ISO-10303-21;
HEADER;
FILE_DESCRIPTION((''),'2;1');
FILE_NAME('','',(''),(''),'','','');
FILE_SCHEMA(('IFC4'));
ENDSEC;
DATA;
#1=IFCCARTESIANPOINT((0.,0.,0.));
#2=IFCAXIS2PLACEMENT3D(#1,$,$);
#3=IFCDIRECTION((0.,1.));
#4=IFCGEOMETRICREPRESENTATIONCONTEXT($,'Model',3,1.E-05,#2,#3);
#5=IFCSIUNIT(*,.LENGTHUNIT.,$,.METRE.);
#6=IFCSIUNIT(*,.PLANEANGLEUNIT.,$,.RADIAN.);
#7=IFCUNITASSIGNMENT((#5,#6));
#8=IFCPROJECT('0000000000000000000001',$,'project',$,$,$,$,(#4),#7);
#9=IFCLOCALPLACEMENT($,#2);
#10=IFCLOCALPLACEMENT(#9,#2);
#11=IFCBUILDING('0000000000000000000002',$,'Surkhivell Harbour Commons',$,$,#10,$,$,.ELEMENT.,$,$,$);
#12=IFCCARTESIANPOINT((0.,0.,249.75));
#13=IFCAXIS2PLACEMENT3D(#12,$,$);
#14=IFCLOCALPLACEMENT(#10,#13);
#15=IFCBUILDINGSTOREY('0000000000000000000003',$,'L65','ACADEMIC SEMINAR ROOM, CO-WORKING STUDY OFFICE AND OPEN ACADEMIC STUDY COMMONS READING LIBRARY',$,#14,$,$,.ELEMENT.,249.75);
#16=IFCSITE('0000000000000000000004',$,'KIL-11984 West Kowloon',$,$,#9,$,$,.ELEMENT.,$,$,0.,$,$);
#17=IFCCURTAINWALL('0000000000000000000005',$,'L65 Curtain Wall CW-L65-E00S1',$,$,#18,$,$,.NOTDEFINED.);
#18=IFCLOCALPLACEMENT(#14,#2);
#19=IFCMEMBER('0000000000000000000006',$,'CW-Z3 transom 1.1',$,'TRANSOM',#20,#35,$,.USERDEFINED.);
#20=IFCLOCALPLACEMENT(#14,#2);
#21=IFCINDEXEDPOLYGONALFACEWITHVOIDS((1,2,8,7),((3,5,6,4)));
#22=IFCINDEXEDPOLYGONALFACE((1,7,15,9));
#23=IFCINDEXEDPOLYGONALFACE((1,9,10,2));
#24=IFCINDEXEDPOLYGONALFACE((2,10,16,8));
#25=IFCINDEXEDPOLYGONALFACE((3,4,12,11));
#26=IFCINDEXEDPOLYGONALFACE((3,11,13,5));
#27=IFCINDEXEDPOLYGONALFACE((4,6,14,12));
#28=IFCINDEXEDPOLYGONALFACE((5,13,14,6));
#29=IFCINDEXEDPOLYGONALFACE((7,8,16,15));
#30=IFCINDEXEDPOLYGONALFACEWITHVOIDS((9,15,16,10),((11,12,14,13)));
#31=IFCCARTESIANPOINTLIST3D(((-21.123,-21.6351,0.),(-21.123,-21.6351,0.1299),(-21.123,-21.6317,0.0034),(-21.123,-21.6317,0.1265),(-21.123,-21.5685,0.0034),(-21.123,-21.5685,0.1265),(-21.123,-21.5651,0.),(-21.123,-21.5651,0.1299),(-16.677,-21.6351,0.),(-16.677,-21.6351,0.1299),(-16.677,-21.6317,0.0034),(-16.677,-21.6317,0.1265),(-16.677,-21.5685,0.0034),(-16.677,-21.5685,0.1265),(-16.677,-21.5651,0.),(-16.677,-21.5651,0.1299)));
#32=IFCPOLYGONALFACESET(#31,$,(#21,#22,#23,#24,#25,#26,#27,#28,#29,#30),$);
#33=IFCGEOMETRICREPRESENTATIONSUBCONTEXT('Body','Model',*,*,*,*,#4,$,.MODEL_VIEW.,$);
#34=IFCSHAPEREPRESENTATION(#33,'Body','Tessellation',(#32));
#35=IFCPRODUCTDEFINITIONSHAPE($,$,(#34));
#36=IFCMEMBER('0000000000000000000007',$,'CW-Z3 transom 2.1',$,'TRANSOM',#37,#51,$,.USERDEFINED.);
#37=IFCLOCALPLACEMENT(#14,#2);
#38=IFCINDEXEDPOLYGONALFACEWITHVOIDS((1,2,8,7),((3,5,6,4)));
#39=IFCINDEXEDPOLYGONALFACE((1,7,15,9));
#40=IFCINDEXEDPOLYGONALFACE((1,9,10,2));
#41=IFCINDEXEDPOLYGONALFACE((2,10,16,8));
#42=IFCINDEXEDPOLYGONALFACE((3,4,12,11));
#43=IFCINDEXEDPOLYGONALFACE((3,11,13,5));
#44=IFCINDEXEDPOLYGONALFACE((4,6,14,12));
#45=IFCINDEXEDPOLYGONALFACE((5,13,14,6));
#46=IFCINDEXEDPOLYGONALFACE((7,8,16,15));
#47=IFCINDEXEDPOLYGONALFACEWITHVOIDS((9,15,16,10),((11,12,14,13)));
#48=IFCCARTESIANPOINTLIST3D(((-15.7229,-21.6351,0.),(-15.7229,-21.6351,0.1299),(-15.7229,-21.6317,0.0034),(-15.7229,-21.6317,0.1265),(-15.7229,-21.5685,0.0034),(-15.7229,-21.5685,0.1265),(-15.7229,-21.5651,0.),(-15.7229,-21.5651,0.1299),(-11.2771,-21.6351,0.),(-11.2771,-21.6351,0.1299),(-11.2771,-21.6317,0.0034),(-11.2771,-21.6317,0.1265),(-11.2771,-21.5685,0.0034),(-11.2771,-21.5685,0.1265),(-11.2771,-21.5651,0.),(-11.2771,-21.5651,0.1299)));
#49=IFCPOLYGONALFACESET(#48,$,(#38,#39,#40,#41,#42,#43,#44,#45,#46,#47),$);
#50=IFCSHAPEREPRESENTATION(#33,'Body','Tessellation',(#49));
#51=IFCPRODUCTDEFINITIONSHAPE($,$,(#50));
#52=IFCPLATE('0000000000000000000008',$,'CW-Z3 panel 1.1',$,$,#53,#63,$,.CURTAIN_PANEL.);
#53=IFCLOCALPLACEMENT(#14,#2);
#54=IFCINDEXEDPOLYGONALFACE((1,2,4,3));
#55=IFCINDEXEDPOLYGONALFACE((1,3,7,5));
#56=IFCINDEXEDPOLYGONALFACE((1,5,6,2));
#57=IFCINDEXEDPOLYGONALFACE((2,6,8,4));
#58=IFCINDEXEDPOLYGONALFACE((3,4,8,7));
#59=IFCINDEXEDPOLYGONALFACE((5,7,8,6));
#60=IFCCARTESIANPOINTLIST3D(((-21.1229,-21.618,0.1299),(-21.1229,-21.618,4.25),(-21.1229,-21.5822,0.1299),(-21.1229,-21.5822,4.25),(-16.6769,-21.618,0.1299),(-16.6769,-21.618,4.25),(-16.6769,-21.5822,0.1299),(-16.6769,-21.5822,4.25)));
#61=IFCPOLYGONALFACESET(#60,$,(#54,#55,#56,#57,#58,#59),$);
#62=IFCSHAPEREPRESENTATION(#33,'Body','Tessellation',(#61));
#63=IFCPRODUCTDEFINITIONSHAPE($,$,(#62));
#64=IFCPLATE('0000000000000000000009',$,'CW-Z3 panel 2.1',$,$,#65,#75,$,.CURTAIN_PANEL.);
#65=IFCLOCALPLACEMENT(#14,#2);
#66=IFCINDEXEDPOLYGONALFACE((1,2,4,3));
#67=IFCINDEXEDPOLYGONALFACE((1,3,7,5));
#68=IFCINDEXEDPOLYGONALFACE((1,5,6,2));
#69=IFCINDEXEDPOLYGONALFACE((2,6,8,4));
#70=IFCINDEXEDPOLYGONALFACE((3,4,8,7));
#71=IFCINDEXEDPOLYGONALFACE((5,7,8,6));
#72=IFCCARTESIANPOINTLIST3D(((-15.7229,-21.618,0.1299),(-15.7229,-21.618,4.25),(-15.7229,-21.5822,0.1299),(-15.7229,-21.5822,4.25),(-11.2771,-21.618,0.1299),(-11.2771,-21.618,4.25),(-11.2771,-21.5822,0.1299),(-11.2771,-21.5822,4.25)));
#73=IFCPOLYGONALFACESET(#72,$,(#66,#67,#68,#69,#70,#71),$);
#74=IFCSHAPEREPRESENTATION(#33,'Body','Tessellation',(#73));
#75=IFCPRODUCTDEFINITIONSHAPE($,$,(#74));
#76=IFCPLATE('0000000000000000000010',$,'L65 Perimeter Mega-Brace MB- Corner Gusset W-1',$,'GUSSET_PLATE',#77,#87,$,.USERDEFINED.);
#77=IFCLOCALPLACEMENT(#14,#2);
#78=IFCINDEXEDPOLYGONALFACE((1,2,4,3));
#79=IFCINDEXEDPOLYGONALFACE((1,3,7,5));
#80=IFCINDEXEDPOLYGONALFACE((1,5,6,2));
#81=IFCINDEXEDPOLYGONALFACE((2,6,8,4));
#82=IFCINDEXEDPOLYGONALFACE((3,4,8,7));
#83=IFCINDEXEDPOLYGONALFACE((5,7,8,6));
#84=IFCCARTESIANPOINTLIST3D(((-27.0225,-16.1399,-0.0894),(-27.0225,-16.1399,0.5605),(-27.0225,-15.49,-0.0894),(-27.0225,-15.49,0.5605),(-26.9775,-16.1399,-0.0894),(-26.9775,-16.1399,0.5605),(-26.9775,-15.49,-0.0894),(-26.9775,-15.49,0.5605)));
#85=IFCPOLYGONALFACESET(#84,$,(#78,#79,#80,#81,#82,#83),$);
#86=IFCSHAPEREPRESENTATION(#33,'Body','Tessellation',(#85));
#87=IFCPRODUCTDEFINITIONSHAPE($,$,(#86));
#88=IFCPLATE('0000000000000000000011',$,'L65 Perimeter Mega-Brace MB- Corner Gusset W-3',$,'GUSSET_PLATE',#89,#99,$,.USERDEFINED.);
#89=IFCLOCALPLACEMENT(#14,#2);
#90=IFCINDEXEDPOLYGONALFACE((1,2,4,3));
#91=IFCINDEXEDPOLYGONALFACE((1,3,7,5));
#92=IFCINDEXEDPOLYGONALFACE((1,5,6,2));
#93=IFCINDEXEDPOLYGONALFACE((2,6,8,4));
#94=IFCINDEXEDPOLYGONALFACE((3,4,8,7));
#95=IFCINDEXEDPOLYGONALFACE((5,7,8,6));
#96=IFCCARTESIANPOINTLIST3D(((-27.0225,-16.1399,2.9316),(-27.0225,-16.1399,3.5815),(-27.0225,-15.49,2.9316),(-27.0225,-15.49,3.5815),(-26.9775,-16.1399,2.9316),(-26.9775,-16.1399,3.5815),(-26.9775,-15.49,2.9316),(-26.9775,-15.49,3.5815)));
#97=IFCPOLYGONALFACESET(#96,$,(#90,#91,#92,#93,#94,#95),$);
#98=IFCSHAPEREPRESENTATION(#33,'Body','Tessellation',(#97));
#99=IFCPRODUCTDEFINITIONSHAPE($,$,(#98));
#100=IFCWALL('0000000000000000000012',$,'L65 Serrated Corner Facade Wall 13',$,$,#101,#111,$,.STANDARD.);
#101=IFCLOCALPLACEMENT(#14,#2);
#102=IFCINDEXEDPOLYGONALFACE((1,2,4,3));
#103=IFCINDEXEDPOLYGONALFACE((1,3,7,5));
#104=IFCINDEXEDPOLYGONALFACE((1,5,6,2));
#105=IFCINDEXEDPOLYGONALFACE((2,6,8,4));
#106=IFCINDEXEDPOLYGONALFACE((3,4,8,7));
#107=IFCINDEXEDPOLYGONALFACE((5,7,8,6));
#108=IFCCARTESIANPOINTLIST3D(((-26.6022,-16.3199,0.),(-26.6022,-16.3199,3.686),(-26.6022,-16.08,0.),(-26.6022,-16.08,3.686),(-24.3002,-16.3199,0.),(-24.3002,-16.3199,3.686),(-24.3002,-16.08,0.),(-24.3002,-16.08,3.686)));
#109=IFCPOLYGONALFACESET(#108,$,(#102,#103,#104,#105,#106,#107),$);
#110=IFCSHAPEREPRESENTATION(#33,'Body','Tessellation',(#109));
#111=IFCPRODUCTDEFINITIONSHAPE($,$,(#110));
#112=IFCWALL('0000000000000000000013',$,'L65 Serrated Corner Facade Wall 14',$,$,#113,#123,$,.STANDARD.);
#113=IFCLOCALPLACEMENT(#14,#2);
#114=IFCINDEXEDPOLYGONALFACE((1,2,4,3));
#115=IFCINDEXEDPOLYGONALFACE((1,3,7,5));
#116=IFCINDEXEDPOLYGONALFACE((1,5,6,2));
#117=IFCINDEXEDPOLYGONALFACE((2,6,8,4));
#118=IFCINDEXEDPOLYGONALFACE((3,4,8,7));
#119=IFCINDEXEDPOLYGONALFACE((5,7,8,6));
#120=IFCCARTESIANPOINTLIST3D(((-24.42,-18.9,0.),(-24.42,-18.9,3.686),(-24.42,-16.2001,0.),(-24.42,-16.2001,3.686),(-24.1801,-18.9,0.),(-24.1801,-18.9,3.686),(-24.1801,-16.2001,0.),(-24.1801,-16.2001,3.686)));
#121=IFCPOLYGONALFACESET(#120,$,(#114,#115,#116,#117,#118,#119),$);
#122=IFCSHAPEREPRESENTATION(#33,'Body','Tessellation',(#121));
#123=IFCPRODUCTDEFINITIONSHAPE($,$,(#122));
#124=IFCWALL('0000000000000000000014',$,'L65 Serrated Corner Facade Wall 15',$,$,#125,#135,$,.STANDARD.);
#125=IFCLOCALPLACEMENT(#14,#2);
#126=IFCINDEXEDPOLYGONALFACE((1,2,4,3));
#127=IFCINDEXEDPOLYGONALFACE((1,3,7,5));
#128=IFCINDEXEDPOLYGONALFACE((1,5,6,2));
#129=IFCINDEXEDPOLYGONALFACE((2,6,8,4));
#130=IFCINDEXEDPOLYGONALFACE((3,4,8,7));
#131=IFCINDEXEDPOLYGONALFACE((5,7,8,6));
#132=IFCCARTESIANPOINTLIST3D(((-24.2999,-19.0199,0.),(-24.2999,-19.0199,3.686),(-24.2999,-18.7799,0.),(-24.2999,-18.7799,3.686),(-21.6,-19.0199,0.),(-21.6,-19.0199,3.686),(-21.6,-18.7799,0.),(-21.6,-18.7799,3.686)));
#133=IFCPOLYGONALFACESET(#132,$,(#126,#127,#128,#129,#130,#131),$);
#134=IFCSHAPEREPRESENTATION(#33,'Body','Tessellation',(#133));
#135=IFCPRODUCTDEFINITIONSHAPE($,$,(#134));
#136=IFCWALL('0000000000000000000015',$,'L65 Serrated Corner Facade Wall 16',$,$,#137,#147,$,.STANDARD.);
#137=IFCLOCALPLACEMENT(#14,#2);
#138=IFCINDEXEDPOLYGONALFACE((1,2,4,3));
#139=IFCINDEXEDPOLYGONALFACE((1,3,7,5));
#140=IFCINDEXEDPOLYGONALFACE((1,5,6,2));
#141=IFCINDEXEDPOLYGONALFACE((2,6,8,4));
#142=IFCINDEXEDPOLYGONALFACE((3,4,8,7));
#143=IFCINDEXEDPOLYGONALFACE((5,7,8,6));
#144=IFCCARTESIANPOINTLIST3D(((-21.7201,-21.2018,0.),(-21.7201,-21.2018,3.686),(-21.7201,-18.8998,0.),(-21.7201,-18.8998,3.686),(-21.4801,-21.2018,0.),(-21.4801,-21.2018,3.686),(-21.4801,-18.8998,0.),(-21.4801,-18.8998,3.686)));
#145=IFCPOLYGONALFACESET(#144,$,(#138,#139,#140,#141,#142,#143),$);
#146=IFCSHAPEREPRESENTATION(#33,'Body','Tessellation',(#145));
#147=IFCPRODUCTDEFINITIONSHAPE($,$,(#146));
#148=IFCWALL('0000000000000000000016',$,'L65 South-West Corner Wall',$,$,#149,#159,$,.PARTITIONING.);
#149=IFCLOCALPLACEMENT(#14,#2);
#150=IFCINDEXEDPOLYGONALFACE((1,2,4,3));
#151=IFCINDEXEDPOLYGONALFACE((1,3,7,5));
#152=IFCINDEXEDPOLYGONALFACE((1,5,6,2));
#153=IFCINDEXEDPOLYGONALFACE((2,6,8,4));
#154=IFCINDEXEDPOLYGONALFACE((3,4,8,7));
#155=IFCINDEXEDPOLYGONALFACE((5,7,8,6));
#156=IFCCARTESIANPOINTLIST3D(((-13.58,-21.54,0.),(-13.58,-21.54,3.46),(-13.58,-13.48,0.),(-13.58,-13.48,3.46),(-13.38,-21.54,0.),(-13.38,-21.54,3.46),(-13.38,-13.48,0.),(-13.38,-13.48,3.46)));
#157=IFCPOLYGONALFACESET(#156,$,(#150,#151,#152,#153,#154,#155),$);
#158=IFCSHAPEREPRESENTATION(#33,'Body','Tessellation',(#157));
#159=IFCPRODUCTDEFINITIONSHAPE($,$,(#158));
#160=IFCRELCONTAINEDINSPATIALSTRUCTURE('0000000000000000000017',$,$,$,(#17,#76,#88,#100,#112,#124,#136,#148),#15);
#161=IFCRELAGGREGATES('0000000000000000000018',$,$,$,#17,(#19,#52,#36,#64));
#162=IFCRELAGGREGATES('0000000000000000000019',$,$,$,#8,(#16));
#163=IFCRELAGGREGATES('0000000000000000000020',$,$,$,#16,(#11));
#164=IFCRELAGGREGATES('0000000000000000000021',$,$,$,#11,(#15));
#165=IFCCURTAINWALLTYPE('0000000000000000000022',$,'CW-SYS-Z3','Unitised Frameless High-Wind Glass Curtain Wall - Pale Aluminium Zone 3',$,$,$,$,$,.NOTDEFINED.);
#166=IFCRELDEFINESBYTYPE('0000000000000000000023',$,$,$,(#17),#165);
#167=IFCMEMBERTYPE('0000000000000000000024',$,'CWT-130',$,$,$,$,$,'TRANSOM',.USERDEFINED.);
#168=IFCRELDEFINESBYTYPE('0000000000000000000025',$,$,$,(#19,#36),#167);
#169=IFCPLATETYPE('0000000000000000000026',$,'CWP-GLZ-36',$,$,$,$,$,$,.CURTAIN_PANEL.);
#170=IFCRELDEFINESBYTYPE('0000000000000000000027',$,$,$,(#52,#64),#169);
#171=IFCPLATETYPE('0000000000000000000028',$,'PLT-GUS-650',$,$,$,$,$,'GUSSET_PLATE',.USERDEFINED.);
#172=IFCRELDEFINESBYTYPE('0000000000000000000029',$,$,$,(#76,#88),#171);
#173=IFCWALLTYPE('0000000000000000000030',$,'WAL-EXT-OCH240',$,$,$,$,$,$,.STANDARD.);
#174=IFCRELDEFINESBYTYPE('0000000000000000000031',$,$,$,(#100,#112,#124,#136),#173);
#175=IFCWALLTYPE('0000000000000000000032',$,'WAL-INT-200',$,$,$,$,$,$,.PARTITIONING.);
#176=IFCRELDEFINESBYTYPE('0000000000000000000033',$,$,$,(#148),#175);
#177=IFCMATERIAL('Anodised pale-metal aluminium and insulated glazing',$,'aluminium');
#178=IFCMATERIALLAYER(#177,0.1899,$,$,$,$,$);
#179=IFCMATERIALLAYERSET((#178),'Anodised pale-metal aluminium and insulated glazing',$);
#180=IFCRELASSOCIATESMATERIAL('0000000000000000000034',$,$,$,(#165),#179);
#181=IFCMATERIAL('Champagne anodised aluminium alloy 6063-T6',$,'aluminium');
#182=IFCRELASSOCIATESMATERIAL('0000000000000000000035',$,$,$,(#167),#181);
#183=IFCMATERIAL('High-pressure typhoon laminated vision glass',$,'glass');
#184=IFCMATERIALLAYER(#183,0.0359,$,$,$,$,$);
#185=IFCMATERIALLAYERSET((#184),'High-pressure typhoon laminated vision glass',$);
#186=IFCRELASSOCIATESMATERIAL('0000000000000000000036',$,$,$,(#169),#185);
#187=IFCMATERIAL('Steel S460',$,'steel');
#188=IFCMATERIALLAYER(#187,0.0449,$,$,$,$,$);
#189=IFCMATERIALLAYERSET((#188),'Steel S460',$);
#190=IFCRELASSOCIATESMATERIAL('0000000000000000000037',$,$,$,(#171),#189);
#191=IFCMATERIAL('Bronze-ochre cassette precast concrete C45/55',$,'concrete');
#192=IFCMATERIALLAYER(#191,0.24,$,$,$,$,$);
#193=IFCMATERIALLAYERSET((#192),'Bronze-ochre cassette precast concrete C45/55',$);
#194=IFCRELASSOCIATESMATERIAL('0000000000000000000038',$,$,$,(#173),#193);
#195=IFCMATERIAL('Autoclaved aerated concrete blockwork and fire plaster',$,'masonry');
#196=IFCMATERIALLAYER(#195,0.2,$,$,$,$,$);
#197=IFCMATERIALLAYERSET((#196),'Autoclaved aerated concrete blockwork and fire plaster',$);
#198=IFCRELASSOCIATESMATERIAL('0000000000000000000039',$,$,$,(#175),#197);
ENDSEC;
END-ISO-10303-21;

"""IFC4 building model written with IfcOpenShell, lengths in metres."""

from ifc_helpers import new_model, si_unit, direction, frame, frame_2d, origin, origin_2d, place, context, subcontext, project, spatial, rectangle, hollow_rectangle, extrude, material, layer, layer_set, material_profile, profile_set, type_object, element, aggregate, save


model = new_model("IFC4")

# Units and contexts
model_context = context("Model", 3, precision=1e-05, world=origin(), true_north=direction((0.0, 1.0)))
body_context = subcontext(model_context, "Body", "Model", "MODEL_VIEW")
ifc_project = project(units=[si_unit("LENGTHUNIT", "METRE"), si_unit("PLANEANGLEUNIT", "RADIAN")], contexts=[model_context])

# Site, building, storey
site_placement = place(None, origin())
site = spatial("IfcSite", under=ifc_project, at=site_placement, Name="KIL-11984 West Kowloon", CompositionType="ELEMENT", RefElevation=0.0)
building_placement = place(site_placement, origin())
building = spatial("IfcBuilding", under=site, at=building_placement, Name="Surkhivell Harbour Commons", CompositionType="ELEMENT")
storey_placement = place(building_placement, frame((0.0, 0.0, 249.75)))
storey = spatial("IfcBuildingStorey", under=building, at=storey_placement, Name="L65", Description="ACADEMIC SEMINAR ROOM, CO-WORKING STUDY OFFICE AND OPEN ACADEMIC STUDY COMMONS READING LIBRARY", CompositionType="ELEMENT", Elevation=249.75)

# Curtain wall, members, plates
ifc_material_1 = material(Name="Anodised pale-metal aluminium and insulated glazing", Category="aluminium")
ifc_layer_1 = layer(ifc_material_1, 0.1899)
ifc_layer_set_1 = layer_set([ifc_layer_1], Name="Anodised pale-metal aluminium and insulated glazing")
curtain_wall_type = type_object("IfcCurtainWallType", Name="CW-SYS-Z3", Description="Unitised Frameless High-Wind Glass Curtain Wall - Pale Aluminium Zone 3", PredefinedType="NOTDEFINED", material=ifc_layer_set_1)
curtain_wall_placement = place(storey_placement, origin())
curtain_wall = element("IfcCurtainWall", 1, at=curtain_wall_placement, inside=storey, type_object=curtain_wall_type, Name="L65 Curtain Wall CW-L65-E00S1", PredefinedType="NOTDEFINED")
ifc_material_2 = material(Name="Champagne anodised aluminium alloy 6063-T6", Category="aluminium")
ifc_material_profile_1 = material_profile(ifc_material_2, hollow_rectangle(XDim=0.0701, YDim=0.1299, WallThickness=0.0034, at=origin_2d()), Name="ALU-TRAN-70x130")
ifc_profile_set_1 = profile_set([ifc_material_profile_1], Name="Champagne anodised aluminium alloy 6063-T6")
member_type_1 = type_object("IfcMemberType", Name="CWT-130", ElementType="TRANSOM", PredefinedType="USERDEFINED", material=ifc_profile_set_1)
member_1_placement = place(storey_placement, frame((-21.123, -21.6001, 0.0649), z_axis=(1.0, 0.0, 0.0), x_axis=(0.0, 1.0, 0.0)))
member_1 = element("IfcMember", 2, at=member_1_placement, type_object=member_type_1, Name="CW-Z3 transom 1.1", ObjectType="TRANSOM", PredefinedType="USERDEFINED", context=body_context, shape_type="SweptSolid", body=[
    extrude(hollow_rectangle(XDim=0.0701, YDim=0.1299, WallThickness=0.0034, at=origin_2d()), origin(), (0.0, 0.0, 1.0), 4.446),
])
member_2_placement = place(storey_placement, frame((-15.7229, -21.6001, 0.0649), z_axis=(1.0, 0.0, 0.0), x_axis=(0.0, 1.0, 0.0)))
member_2 = element("IfcMember", 3, at=member_2_placement, type_object=member_type_1, Name="CW-Z3 transom 2.1", ObjectType="TRANSOM", PredefinedType="USERDEFINED", context=body_context, shape_type="SweptSolid", body=[
    extrude(hollow_rectangle(XDim=0.0701, YDim=0.1299, WallThickness=0.0034, at=origin_2d()), origin(), (0.0, 0.0, 1.0), 4.4458),
])
ifc_material_3 = material(Name="High-pressure typhoon laminated vision glass", Category="glass")
ifc_layer_2 = layer(ifc_material_3, 0.0359)
ifc_layer_set_2 = layer_set([ifc_layer_2], Name="High-pressure typhoon laminated vision glass")
plate_type_1 = type_object("IfcPlateType", Name="CWP-GLZ-36", PredefinedType="CURTAIN_PANEL", material=ifc_layer_set_2)
plate_1_placement = place(storey_placement, frame((-21.123, -21.6001, 0.1299), z_axis=(0.0, 0.0, 1.0), x_axis=(1.0, 0.0, 0.0)))
plate_1 = element("IfcPlate", 4, at=plate_1_placement, type_object=plate_type_1, Name="CW-Z3 panel 1.1", PredefinedType="CURTAIN_PANEL", context=body_context, shape_type="SweptSolid", body=[
    extrude(rectangle(XDim=4.446, YDim=0.0359, at=frame_2d((2.2231, 0.0))), origin(), (0.0, 0.0, 1.0), 4.1201),
])
plate_2_placement = place(storey_placement, frame((-15.7229, -21.6001, 0.1299), z_axis=(0.0, 0.0, 1.0), x_axis=(1.0, 0.0, 0.0)))
plate_2 = element("IfcPlate", 5, at=plate_2_placement, type_object=plate_type_1, Name="CW-Z3 panel 2.1", PredefinedType="CURTAIN_PANEL", context=body_context, shape_type="SweptSolid", body=[
    extrude(rectangle(XDim=4.4458, YDim=0.0359, at=frame_2d((2.2229, 0.0))), origin(), (0.0, 0.0, 1.0), 4.1201),
])
aggregate(curtain_wall, [member_1, plate_1, member_2, plate_2])

# Plates
ifc_material_4 = material(Name="Steel S460", Category="steel")
ifc_layer_3 = layer(ifc_material_4, 0.0449)
ifc_layer_set_3 = layer_set([ifc_layer_3], Name="Steel S460")
plate_type_2 = type_object("IfcPlateType", Name="PLT-GUS-650", ElementType="GUSSET_PLATE", PredefinedType="USERDEFINED", material=ifc_layer_set_3)
for number, where, z_axis, x_axis, name in (
    (6, (-27.0, -15.8149, -0.0894), (0.0, 0.0, 1.0), (0.0, 1.0, 0.0), "L65 Perimeter Mega-Brace MB- Corner Gusset W-1"),
    (7, (-27.0, -15.8149, 2.9316), (0.0, 0.0, 1.0), (0.0, 1.0, 0.0), "L65 Perimeter Mega-Brace MB- Corner Gusset W-3"),
):
    element("IfcPlate", number, at=place(storey_placement, frame(where, z_axis=z_axis, x_axis=x_axis)), inside=storey, type_object=plate_type_2, Name=name, ObjectType="GUSSET_PLATE", PredefinedType="USERDEFINED", context=body_context, shape_type="SweptSolid", body=[
        extrude(rectangle(XDim=0.6499, YDim=0.0449, at=origin_2d()), origin(), (0.0, 0.0, 1.0), 0.6499),
    ])

# Walls
ifc_material_5 = material(Name="Bronze-ochre cassette precast concrete C45/55", Category="concrete")
ifc_layer_4 = layer(ifc_material_5, 0.24)
ifc_layer_set_4 = layer_set([ifc_layer_4], Name="Bronze-ochre cassette precast concrete C45/55")
wall_type_1 = type_object("IfcWallType", Name="WAL-EXT-OCH240", PredefinedType="STANDARD", material=ifc_layer_set_4)
wall_1_placement = place(storey_placement, frame((-26.6021, -16.2, 0.0), z_axis=(0.0, 0.0, 1.0), x_axis=(1.0, 0.0, 0.0)))
element("IfcWall", 8, at=wall_1_placement, inside=storey, type_object=wall_type_1, Name="L65 Serrated Corner Facade Wall 13", PredefinedType="STANDARD", context=body_context, shape_type="SweptSolid", body=[
    extrude(rectangle(XDim=2.302, YDim=0.24, at=frame_2d((1.1509, 0.0))), origin(), (0.0, 0.0, 1.0), 3.686),
])
for number, where, z_axis, x_axis, name in (
    (9, (-24.3, -16.2, 0.0), (0.0, 0.0, 1.0), (0.0, -1.0, 0.0), "L65 Serrated Corner Facade Wall 14"),
    (10, (-24.3, -18.8999, 0.0), (0.0, 0.0, 1.0), (1.0, 0.0, 0.0), "L65 Serrated Corner Facade Wall 15"),
):
    element("IfcWall", number, at=place(storey_placement, frame(where, z_axis=z_axis, x_axis=x_axis)), inside=storey, type_object=wall_type_1, Name=name, PredefinedType="STANDARD", context=body_context, shape_type="SweptSolid", body=[
        extrude(rectangle(XDim=2.7, YDim=0.24, at=frame_2d((1.3501, 0.0))), origin(), (0.0, 0.0, 1.0), 3.686),
    ])
wall_2_placement = place(storey_placement, frame((-21.6001, -18.8999, 0.0), z_axis=(0.0, 0.0, 1.0), x_axis=(0.0, -1.0, 0.0)))
element("IfcWall", 11, at=wall_2_placement, inside=storey, type_object=wall_type_1, Name="L65 Serrated Corner Facade Wall 16", PredefinedType="STANDARD", context=body_context, shape_type="SweptSolid", body=[
    extrude(rectangle(XDim=2.302, YDim=0.24, at=frame_2d((1.1509, 0.0))), origin(), (0.0, 0.0, 1.0), 3.686),
])
ifc_material_6 = material(Name="Autoclaved aerated concrete blockwork and fire plaster", Category="masonry")
ifc_layer_5 = layer(ifc_material_6, 0.2)
ifc_layer_set_5 = layer_set([ifc_layer_5], Name="Autoclaved aerated concrete blockwork and fire plaster")
wall_type_2 = type_object("IfcWallType", Name="WAL-INT-200", PredefinedType="PARTITIONING", material=ifc_layer_set_5)
wall_3_placement = place(storey_placement, frame((-13.48, -21.54, 0.0), z_axis=(0.0, 0.0, 1.0), x_axis=(0.0, 1.0, 0.0)))
element("IfcWall", 12, at=wall_3_placement, inside=storey, type_object=wall_type_2, Name="L65 South-West Corner Wall", PredefinedType="PARTITIONING", context=body_context, shape_type="SweptSolid", body=[
    extrude(rectangle(XDim=8.0601, YDim=0.2, at=frame_2d((4.03, 0.0))), origin(), (0.0, 0.0, 1.0), 3.46),
])

save(model, "model.ifc")
